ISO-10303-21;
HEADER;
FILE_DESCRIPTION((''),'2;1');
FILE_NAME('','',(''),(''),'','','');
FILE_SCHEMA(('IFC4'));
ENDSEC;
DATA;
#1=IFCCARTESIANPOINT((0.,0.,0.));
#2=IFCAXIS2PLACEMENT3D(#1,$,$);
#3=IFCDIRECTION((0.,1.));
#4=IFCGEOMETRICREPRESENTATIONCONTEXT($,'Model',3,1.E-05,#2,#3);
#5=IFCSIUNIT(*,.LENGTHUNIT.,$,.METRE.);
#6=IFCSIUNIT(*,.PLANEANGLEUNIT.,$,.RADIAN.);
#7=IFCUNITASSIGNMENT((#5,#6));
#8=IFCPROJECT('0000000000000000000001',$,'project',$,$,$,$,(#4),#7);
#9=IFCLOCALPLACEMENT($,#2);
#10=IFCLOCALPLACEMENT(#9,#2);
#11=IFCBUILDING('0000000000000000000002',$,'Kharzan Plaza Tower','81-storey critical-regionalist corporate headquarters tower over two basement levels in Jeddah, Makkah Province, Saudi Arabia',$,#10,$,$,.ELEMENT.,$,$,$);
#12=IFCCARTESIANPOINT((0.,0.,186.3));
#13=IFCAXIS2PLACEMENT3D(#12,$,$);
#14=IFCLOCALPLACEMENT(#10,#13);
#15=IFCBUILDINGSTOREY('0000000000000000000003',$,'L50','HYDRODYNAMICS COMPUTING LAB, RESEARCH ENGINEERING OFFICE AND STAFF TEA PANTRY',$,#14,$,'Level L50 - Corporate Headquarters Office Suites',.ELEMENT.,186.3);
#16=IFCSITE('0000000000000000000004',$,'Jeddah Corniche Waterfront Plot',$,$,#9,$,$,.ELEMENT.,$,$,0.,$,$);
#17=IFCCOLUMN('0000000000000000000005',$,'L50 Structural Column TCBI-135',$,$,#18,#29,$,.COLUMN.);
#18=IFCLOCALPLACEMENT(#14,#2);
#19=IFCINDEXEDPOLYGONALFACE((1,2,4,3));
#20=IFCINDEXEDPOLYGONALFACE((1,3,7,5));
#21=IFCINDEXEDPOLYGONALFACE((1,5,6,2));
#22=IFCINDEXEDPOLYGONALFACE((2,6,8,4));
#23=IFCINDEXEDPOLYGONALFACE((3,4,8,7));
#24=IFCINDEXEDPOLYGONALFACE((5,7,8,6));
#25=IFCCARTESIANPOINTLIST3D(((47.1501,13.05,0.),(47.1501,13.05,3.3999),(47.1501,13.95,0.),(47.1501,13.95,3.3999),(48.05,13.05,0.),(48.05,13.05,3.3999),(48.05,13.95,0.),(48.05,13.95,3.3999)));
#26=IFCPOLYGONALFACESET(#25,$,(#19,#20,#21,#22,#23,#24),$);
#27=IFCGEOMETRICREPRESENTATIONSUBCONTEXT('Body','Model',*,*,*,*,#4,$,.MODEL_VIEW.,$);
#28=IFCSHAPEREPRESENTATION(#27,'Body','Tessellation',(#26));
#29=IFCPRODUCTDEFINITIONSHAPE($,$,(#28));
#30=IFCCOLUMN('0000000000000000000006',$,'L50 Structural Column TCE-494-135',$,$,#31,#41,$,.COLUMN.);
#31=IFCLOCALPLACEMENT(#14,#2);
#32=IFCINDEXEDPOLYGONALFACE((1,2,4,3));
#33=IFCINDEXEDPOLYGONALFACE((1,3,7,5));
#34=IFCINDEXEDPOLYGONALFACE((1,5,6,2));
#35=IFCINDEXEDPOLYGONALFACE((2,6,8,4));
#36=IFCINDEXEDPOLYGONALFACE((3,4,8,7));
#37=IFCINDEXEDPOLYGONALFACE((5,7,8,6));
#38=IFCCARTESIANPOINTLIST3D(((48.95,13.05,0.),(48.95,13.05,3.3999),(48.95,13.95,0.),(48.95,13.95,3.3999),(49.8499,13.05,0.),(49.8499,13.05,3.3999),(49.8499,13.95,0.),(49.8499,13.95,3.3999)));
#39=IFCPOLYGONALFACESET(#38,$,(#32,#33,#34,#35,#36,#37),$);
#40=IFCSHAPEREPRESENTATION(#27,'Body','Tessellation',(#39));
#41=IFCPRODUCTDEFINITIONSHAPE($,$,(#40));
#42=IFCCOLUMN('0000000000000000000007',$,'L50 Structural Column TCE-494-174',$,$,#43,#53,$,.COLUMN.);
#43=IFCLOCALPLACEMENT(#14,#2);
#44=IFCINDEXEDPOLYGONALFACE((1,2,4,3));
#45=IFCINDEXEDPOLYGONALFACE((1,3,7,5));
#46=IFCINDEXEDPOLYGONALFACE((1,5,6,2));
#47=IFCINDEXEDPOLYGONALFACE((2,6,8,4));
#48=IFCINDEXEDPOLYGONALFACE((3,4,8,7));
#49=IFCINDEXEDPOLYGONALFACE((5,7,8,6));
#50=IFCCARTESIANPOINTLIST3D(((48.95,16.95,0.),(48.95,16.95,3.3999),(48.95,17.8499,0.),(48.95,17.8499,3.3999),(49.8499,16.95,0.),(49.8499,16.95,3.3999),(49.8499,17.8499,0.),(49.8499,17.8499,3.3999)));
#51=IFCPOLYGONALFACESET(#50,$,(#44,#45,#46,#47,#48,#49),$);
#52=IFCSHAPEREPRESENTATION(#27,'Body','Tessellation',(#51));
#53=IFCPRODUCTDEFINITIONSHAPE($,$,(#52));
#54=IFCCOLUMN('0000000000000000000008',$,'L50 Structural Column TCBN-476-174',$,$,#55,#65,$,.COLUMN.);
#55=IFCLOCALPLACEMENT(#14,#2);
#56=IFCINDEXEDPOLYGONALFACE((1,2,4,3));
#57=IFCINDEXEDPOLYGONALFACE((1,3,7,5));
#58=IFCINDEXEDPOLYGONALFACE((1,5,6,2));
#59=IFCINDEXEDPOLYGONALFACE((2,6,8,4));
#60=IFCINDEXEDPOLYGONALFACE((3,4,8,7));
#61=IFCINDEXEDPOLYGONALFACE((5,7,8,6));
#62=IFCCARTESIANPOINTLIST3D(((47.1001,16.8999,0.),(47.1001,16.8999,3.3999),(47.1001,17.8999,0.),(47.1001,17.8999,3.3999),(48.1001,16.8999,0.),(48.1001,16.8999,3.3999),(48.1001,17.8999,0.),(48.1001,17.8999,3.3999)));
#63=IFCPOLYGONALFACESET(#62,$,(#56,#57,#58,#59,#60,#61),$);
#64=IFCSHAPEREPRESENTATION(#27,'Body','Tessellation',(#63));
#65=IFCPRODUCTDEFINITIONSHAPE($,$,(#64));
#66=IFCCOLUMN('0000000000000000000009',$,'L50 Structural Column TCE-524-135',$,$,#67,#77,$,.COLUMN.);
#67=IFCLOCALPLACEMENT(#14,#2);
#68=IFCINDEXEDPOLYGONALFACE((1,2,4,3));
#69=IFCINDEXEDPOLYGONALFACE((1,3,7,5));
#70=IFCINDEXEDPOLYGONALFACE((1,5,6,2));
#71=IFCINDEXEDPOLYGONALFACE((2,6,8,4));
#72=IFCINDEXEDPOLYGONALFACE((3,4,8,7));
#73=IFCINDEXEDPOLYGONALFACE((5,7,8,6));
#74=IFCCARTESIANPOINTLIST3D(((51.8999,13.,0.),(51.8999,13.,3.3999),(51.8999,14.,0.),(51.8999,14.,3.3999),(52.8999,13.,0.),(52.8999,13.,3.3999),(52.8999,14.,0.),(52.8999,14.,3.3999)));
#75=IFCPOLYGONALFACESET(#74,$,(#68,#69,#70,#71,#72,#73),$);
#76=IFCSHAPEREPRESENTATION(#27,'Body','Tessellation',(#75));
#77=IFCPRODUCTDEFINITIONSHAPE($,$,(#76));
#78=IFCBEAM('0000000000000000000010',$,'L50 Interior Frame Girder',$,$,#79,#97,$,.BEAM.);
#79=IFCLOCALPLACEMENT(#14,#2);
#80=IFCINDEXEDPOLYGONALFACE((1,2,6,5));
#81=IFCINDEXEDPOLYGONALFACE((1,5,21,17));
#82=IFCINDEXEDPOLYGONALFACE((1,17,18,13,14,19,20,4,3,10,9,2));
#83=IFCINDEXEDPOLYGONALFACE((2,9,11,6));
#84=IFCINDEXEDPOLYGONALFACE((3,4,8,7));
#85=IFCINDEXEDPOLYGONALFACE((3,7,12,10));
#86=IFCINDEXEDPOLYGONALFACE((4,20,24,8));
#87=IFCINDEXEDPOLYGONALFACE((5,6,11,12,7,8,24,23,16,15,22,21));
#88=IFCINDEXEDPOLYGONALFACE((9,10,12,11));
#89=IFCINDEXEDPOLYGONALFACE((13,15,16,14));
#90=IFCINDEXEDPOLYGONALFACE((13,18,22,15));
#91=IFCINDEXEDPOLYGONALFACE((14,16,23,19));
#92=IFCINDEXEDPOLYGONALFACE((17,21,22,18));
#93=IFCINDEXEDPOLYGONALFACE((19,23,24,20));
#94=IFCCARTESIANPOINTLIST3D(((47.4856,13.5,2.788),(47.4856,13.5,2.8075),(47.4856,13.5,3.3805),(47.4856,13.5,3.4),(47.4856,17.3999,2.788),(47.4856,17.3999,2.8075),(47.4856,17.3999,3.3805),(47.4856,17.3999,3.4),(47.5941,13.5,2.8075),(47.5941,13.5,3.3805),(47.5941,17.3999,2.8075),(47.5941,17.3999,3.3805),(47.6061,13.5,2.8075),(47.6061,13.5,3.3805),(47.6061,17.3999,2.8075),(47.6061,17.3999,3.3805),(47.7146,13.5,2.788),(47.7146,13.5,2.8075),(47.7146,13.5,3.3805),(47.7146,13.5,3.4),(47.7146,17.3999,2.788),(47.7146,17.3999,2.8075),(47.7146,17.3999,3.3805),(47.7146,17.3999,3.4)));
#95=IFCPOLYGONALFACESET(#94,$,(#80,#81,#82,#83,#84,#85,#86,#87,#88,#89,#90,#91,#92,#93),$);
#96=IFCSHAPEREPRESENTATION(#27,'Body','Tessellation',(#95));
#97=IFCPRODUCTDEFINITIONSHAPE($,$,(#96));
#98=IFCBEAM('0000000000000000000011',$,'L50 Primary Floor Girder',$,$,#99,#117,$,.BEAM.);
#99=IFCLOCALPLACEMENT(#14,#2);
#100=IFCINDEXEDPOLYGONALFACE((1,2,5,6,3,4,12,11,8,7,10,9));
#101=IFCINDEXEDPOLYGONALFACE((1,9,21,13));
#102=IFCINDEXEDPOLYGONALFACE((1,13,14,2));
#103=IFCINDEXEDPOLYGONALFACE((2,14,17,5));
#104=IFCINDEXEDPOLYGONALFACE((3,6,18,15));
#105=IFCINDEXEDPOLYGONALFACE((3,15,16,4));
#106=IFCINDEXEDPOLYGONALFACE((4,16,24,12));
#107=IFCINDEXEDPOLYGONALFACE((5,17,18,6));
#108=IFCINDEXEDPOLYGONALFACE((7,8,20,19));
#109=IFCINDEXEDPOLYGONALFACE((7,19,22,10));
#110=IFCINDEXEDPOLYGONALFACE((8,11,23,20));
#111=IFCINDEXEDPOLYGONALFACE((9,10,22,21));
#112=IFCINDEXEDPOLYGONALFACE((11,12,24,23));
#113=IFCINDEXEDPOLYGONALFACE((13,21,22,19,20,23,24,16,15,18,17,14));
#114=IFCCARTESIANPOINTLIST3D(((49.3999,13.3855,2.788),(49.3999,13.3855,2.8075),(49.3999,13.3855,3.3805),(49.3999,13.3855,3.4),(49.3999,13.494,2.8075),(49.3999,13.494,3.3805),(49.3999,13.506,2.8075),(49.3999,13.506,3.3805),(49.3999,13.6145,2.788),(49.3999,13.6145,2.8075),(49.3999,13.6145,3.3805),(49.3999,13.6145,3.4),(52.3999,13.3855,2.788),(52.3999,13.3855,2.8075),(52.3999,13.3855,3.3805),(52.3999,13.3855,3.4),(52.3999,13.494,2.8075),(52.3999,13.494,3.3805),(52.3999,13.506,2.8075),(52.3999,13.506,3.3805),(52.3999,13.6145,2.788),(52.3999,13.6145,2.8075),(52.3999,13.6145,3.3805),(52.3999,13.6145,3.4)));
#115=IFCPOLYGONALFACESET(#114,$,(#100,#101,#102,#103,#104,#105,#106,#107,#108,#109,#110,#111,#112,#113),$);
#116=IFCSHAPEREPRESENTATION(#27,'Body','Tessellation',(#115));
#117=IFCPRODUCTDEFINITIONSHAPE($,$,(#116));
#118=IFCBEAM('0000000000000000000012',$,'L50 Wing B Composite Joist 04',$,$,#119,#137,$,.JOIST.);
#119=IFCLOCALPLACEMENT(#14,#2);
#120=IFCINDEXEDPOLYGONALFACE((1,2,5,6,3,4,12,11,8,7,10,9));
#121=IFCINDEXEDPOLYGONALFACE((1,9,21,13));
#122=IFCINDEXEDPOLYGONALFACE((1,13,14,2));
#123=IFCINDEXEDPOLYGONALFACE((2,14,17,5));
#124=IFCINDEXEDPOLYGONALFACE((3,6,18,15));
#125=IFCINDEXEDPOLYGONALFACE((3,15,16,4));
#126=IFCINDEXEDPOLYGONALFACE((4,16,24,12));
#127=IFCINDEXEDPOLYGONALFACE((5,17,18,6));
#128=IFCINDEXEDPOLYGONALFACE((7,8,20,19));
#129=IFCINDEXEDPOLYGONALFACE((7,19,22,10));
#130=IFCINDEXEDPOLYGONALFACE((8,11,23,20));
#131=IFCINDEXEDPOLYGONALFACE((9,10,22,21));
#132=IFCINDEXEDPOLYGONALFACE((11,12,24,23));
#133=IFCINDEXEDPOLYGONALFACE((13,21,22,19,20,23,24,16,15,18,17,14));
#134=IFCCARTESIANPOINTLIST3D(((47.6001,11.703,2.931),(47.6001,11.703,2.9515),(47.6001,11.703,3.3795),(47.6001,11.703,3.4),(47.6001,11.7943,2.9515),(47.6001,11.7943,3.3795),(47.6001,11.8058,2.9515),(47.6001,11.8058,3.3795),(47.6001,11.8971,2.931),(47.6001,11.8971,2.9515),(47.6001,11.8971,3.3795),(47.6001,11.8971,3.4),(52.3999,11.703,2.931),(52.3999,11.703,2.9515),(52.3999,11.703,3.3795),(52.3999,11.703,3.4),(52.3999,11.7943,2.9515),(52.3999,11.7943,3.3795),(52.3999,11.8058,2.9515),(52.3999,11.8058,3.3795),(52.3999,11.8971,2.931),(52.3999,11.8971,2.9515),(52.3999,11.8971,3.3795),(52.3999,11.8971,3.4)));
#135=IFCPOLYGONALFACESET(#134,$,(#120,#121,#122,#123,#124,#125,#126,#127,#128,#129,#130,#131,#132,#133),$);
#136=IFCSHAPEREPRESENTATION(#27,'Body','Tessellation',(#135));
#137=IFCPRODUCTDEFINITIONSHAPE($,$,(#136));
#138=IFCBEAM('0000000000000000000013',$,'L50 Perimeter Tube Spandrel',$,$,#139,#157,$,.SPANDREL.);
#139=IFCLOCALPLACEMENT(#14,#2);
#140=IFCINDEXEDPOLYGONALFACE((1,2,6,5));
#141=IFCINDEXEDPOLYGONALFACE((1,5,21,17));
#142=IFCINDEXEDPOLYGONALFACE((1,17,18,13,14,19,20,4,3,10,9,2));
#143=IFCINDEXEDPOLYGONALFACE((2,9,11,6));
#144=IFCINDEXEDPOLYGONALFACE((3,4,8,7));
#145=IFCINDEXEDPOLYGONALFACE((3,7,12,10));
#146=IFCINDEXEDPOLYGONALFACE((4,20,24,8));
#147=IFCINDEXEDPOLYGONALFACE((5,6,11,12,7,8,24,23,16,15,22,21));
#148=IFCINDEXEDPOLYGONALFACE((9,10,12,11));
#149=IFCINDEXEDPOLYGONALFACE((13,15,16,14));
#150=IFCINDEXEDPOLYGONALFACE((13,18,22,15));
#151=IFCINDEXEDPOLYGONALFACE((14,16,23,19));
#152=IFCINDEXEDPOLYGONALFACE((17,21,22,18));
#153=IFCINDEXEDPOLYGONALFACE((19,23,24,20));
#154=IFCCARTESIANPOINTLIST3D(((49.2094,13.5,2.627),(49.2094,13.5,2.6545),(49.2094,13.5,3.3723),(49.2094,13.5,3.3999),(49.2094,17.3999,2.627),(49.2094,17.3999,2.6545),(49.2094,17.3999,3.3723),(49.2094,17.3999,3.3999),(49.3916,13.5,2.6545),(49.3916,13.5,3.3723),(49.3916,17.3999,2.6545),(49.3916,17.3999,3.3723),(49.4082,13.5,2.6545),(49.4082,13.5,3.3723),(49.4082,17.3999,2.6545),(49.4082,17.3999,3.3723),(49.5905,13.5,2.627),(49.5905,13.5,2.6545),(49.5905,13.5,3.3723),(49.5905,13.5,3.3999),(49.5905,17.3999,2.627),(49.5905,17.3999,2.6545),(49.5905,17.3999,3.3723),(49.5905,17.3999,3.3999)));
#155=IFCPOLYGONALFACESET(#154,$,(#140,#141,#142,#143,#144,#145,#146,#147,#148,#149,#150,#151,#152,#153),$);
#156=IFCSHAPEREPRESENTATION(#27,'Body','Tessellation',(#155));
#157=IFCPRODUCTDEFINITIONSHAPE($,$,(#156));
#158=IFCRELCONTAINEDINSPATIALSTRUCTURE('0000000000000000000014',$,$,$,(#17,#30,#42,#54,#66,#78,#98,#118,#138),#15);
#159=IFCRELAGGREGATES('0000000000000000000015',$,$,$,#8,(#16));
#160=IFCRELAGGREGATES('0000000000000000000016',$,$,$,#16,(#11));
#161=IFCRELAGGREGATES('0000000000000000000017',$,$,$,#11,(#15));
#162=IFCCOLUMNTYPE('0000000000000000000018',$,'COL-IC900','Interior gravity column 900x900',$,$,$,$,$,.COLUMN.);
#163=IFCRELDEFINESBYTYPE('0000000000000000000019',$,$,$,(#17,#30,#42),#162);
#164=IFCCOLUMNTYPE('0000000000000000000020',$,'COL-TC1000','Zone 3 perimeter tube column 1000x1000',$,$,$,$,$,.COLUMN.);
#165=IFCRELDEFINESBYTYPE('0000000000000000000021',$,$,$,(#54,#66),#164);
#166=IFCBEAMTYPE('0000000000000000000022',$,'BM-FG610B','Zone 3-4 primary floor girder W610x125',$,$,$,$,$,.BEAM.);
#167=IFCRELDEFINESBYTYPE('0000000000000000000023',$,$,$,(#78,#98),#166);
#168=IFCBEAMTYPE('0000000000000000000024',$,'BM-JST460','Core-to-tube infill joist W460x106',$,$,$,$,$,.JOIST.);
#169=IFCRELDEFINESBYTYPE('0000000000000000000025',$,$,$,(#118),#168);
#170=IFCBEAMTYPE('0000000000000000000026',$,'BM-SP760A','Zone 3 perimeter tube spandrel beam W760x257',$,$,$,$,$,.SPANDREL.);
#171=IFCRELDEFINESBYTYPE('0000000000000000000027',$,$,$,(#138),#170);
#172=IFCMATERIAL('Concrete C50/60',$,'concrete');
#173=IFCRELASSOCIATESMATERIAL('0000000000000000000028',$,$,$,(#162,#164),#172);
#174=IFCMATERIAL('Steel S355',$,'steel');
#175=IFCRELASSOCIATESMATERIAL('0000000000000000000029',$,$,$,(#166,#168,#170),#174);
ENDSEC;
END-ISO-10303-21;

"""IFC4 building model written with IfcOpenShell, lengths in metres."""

from ifc_helpers import new_model, si_unit, direction, frame, origin, origin_2d, place, context, subcontext, project, spatial, rectangle, i_section, extrude, source, transform, mapped, material, material_profile, profile_set, type_object, element, save


model = new_model("IFC4")

# Units and contexts
model_context = context("Model", 3, precision=1e-05, world=origin(), true_north=direction((0.0, 1.0)))
body_context = subcontext(model_context, "Body", "Model", "MODEL_VIEW")
ifc_project = project(units=[si_unit("LENGTHUNIT", "METRE"), si_unit("PLANEANGLEUNIT", "RADIAN")], contexts=[model_context])

# Site, building, storey
site_placement = place(None, origin())
site = spatial("IfcSite", under=ifc_project, at=site_placement, Name="Jeddah Corniche Waterfront Plot", CompositionType="ELEMENT", RefElevation=0.0)
building_placement = place(site_placement, origin())
building = spatial("IfcBuilding", under=site, at=building_placement, Name="Kharzan Plaza Tower", Description="81-storey critical-regionalist corporate headquarters tower over two basement levels in Jeddah, Makkah Province, Saudi Arabia", CompositionType="ELEMENT")
storey_placement = place(building_placement, frame((0.0, 0.0, 186.3)))
storey = spatial("IfcBuildingStorey", under=building, at=storey_placement, Name="L50", Description="HYDRODYNAMICS COMPUTING LAB, RESEARCH ENGINEERING OFFICE AND STAFF TEA PANTRY", LongName="Level L50 - Corporate Headquarters Office Suites", CompositionType="ELEMENT", Elevation=186.3)

# Columns
ifc_material_1 = material(Name="Concrete C50/60", Category="concrete")
ifc_material_profile_1 = material_profile(ifc_material_1, rectangle(XDim=0.8999, YDim=0.8999, at=origin_2d()), Name="RC-IC900x900")
ifc_profile_set_1 = profile_set([ifc_material_profile_1], Name="Concrete C50/60")
column_type_1 = type_object("IfcColumnType", Name="COL-IC900", Description="Interior gravity column 900x900", PredefinedType="COLUMN", material=ifc_profile_set_1)
shared_shape_1 = source(origin(), body_context, "Body", "SweptSolid", [
    extrude(rectangle(XDim=0.8999, YDim=0.8999, at=origin_2d()), origin(), (0.0, 0.0, 1.0), 3.3999),
])
for number, where, z_axis, x_axis, name in (
    (1, (47.6001, 13.5, 0.0), (0.0, 0.0, 1.0), (1.0, 0.0, 0.0), "L50 Structural Column TCBI-135"),
    (2, (49.3999, 13.5, 0.0), (0.0, 0.0, 1.0), (1.0, 0.0, 0.0), "L50 Structural Column TCE-494-135"),
    (3, (49.3999, 17.3999, 0.0), (0.0, 0.0, 1.0), (1.0, 0.0, 0.0), "L50 Structural Column TCE-494-174"),
):
    element("IfcColumn", number, at=place(storey_placement, frame(where, z_axis=z_axis, x_axis=x_axis)), inside=storey, type_object=column_type_1, Name=name, PredefinedType="COLUMN", context=body_context, shape_type="MappedRepresentation", body=[
        mapped(shared_shape_1, transform((0.0, 0.0, 0.0), x_axis=(1.0, 0.0, 0.0), y_axis=(0.0, 1.0, 0.0), z_axis=(0.0, 0.0, 1.0))),
    ])
ifc_material_profile_2 = material_profile(ifc_material_1, rectangle(XDim=1.0, YDim=1.0, at=origin_2d()), Name="RC-TC1000x1000")
ifc_profile_set_2 = profile_set([ifc_material_profile_2], Name="Concrete C50/60")
column_type_2 = type_object("IfcColumnType", Name="COL-TC1000", Description="Zone 3 perimeter tube column 1000x1000", PredefinedType="COLUMN", material=ifc_profile_set_2)
shared_shape_2 = source(origin(), body_context, "Body", "SweptSolid", [
    extrude(rectangle(XDim=1.0, YDim=1.0, at=origin_2d()), origin(), (0.0, 0.0, 1.0), 3.3999),
])
for number, where, z_axis, x_axis, name in (
    (4, (47.6001, 17.3999, 0.0), (0.0, 0.0, 1.0), (1.0, 0.0, 0.0), "L50 Structural Column TCBN-476-174"),
    (5, (52.3999, 13.5, 0.0), (0.0, 0.0, 1.0), (1.0, 0.0, 0.0), "L50 Structural Column TCE-524-135"),
):
    element("IfcColumn", number, at=place(storey_placement, frame(where, z_axis=z_axis, x_axis=x_axis)), inside=storey, type_object=column_type_2, Name=name, PredefinedType="COLUMN", context=body_context, shape_type="MappedRepresentation", body=[
        mapped(shared_shape_2, transform((0.0, 0.0, 0.0), x_axis=(1.0, 0.0, 0.0), y_axis=(0.0, 1.0, 0.0), z_axis=(0.0, 0.0, 1.0))),
    ])

# Beams
ifc_material_2 = material(Name="Steel S355", Category="steel")
ifc_material_profile_3 = material_profile(ifc_material_2, i_section(OverallWidth=0.229, OverallDepth=0.6121, WebThickness=0.012, FlangeThickness=0.0195, at=origin_2d()), Name="W610x125")
ifc_profile_set_3 = profile_set([ifc_material_profile_3], Name="Steel S355")
beam_type_1 = type_object("IfcBeamType", Name="BM-FG610B", Description="Zone 3-4 primary floor girder W610x125", PredefinedType="BEAM", material=ifc_profile_set_3)
shared_shape_3 = source(origin(), body_context, "Body", "SweptSolid", [
    extrude(i_section(OverallWidth=0.229, OverallDepth=0.6121, WebThickness=0.012, FlangeThickness=0.0195, at=origin_2d()), origin(), (0.0, 0.0, 1.0), 3.8999),
])
beam_1_placement = place(storey_placement, frame((47.6001, 13.5, 3.094), z_axis=(0.0, 1.0, 0.0), x_axis=(-1.0, 0.0, 0.0)))
element("IfcBeam", 6, at=beam_1_placement, inside=storey, type_object=beam_type_1, Name="L50 Interior Frame Girder", PredefinedType="BEAM", context=body_context, shape_type="MappedRepresentation", body=[
    mapped(shared_shape_3, transform((0.0, 0.0, 0.0), x_axis=(1.0, 0.0, 0.0), y_axis=(0.0, 1.0, 0.0), z_axis=(0.0, 0.0, 1.0))),
])
shared_shape_4 = source(origin(), body_context, "Body", "SweptSolid", [
    extrude(i_section(OverallWidth=0.229, OverallDepth=0.6121, WebThickness=0.012, FlangeThickness=0.0195, at=origin_2d()), origin(), (0.0, 0.0, 1.0), 3.0),
])
beam_2_placement = place(storey_placement, frame((49.3999, 13.5, 3.094), z_axis=(1.0, 0.0, 0.0), x_axis=(0.0, 1.0, 0.0)))
element("IfcBeam", 7, at=beam_2_placement, inside=storey, type_object=beam_type_1, Name="L50 Primary Floor Girder", PredefinedType="BEAM", context=body_context, shape_type="MappedRepresentation", body=[
    mapped(shared_shape_4, transform((0.0, 0.0, 0.0), x_axis=(1.0, 0.0, 0.0), y_axis=(0.0, 1.0, 0.0), z_axis=(0.0, 0.0, 1.0))),
])
ifc_material_profile_4 = material_profile(ifc_material_2, i_section(OverallWidth=0.1941, OverallDepth=0.469, WebThickness=0.0115, FlangeThickness=0.0205, at=origin_2d()), Name="W460x106")
ifc_profile_set_4 = profile_set([ifc_material_profile_4], Name="Steel S355")
beam_type_2 = type_object("IfcBeamType", Name="BM-JST460", Description="Core-to-tube infill joist W460x106", PredefinedType="JOIST", material=ifc_profile_set_4)
shared_shape_5 = source(origin(), body_context, "Body", "SweptSolid", [
    extrude(i_section(OverallWidth=0.1941, OverallDepth=0.469, WebThickness=0.0115, FlangeThickness=0.0205, at=origin_2d()), origin(), (0.0, 0.0, 1.0), 4.7998),
])
beam_3_placement = place(storey_placement, frame((47.6001, 11.8, 3.1655), z_axis=(1.0, 0.0, 0.0), x_axis=(0.0, 1.0, 0.0)))
element("IfcBeam", 8, at=beam_3_placement, inside=storey, type_object=beam_type_2, Name="L50 Wing B Composite Joist 04", PredefinedType="JOIST", context=body_context, shape_type="MappedRepresentation", body=[
    mapped(shared_shape_5, transform((0.0, 0.0, 0.0), x_axis=(1.0, 0.0, 0.0), y_axis=(0.0, 1.0, 0.0), z_axis=(0.0, 0.0, 1.0))),
])
ifc_material_profile_5 = material_profile(ifc_material_2, i_section(OverallWidth=0.3811, OverallDepth=0.7729, WebThickness=0.0166, FlangeThickness=0.0276, at=origin_2d()), Name="W760x257")
ifc_profile_set_5 = profile_set([ifc_material_profile_5], Name="Steel S355")
beam_type_3 = type_object("IfcBeamType", Name="BM-SP760A", Description="Zone 3 perimeter tube spandrel beam W760x257", PredefinedType="SPANDREL", material=ifc_profile_set_5)
shared_shape_6 = source(origin(), body_context, "Body", "SweptSolid", [
    extrude(i_section(OverallWidth=0.3811, OverallDepth=0.7729, WebThickness=0.0166, FlangeThickness=0.0276, at=origin_2d()), origin(), (0.0, 0.0, 1.0), 3.8999),
])
beam_4_placement = place(storey_placement, frame((49.3999, 13.5, 3.0134), z_axis=(0.0, 1.0, 0.0), x_axis=(-1.0, 0.0, 0.0)))
element("IfcBeam", 9, at=beam_4_placement, inside=storey, type_object=beam_type_3, Name="L50 Perimeter Tube Spandrel", PredefinedType="SPANDREL", context=body_context, shape_type="MappedRepresentation", body=[
    mapped(shared_shape_6, transform((0.0, 0.0, 0.0), x_axis=(1.0, 0.0, 0.0), y_axis=(0.0, 1.0, 0.0), z_axis=(0.0, 0.0, 1.0))),
])

save(model, "model.ifc")
